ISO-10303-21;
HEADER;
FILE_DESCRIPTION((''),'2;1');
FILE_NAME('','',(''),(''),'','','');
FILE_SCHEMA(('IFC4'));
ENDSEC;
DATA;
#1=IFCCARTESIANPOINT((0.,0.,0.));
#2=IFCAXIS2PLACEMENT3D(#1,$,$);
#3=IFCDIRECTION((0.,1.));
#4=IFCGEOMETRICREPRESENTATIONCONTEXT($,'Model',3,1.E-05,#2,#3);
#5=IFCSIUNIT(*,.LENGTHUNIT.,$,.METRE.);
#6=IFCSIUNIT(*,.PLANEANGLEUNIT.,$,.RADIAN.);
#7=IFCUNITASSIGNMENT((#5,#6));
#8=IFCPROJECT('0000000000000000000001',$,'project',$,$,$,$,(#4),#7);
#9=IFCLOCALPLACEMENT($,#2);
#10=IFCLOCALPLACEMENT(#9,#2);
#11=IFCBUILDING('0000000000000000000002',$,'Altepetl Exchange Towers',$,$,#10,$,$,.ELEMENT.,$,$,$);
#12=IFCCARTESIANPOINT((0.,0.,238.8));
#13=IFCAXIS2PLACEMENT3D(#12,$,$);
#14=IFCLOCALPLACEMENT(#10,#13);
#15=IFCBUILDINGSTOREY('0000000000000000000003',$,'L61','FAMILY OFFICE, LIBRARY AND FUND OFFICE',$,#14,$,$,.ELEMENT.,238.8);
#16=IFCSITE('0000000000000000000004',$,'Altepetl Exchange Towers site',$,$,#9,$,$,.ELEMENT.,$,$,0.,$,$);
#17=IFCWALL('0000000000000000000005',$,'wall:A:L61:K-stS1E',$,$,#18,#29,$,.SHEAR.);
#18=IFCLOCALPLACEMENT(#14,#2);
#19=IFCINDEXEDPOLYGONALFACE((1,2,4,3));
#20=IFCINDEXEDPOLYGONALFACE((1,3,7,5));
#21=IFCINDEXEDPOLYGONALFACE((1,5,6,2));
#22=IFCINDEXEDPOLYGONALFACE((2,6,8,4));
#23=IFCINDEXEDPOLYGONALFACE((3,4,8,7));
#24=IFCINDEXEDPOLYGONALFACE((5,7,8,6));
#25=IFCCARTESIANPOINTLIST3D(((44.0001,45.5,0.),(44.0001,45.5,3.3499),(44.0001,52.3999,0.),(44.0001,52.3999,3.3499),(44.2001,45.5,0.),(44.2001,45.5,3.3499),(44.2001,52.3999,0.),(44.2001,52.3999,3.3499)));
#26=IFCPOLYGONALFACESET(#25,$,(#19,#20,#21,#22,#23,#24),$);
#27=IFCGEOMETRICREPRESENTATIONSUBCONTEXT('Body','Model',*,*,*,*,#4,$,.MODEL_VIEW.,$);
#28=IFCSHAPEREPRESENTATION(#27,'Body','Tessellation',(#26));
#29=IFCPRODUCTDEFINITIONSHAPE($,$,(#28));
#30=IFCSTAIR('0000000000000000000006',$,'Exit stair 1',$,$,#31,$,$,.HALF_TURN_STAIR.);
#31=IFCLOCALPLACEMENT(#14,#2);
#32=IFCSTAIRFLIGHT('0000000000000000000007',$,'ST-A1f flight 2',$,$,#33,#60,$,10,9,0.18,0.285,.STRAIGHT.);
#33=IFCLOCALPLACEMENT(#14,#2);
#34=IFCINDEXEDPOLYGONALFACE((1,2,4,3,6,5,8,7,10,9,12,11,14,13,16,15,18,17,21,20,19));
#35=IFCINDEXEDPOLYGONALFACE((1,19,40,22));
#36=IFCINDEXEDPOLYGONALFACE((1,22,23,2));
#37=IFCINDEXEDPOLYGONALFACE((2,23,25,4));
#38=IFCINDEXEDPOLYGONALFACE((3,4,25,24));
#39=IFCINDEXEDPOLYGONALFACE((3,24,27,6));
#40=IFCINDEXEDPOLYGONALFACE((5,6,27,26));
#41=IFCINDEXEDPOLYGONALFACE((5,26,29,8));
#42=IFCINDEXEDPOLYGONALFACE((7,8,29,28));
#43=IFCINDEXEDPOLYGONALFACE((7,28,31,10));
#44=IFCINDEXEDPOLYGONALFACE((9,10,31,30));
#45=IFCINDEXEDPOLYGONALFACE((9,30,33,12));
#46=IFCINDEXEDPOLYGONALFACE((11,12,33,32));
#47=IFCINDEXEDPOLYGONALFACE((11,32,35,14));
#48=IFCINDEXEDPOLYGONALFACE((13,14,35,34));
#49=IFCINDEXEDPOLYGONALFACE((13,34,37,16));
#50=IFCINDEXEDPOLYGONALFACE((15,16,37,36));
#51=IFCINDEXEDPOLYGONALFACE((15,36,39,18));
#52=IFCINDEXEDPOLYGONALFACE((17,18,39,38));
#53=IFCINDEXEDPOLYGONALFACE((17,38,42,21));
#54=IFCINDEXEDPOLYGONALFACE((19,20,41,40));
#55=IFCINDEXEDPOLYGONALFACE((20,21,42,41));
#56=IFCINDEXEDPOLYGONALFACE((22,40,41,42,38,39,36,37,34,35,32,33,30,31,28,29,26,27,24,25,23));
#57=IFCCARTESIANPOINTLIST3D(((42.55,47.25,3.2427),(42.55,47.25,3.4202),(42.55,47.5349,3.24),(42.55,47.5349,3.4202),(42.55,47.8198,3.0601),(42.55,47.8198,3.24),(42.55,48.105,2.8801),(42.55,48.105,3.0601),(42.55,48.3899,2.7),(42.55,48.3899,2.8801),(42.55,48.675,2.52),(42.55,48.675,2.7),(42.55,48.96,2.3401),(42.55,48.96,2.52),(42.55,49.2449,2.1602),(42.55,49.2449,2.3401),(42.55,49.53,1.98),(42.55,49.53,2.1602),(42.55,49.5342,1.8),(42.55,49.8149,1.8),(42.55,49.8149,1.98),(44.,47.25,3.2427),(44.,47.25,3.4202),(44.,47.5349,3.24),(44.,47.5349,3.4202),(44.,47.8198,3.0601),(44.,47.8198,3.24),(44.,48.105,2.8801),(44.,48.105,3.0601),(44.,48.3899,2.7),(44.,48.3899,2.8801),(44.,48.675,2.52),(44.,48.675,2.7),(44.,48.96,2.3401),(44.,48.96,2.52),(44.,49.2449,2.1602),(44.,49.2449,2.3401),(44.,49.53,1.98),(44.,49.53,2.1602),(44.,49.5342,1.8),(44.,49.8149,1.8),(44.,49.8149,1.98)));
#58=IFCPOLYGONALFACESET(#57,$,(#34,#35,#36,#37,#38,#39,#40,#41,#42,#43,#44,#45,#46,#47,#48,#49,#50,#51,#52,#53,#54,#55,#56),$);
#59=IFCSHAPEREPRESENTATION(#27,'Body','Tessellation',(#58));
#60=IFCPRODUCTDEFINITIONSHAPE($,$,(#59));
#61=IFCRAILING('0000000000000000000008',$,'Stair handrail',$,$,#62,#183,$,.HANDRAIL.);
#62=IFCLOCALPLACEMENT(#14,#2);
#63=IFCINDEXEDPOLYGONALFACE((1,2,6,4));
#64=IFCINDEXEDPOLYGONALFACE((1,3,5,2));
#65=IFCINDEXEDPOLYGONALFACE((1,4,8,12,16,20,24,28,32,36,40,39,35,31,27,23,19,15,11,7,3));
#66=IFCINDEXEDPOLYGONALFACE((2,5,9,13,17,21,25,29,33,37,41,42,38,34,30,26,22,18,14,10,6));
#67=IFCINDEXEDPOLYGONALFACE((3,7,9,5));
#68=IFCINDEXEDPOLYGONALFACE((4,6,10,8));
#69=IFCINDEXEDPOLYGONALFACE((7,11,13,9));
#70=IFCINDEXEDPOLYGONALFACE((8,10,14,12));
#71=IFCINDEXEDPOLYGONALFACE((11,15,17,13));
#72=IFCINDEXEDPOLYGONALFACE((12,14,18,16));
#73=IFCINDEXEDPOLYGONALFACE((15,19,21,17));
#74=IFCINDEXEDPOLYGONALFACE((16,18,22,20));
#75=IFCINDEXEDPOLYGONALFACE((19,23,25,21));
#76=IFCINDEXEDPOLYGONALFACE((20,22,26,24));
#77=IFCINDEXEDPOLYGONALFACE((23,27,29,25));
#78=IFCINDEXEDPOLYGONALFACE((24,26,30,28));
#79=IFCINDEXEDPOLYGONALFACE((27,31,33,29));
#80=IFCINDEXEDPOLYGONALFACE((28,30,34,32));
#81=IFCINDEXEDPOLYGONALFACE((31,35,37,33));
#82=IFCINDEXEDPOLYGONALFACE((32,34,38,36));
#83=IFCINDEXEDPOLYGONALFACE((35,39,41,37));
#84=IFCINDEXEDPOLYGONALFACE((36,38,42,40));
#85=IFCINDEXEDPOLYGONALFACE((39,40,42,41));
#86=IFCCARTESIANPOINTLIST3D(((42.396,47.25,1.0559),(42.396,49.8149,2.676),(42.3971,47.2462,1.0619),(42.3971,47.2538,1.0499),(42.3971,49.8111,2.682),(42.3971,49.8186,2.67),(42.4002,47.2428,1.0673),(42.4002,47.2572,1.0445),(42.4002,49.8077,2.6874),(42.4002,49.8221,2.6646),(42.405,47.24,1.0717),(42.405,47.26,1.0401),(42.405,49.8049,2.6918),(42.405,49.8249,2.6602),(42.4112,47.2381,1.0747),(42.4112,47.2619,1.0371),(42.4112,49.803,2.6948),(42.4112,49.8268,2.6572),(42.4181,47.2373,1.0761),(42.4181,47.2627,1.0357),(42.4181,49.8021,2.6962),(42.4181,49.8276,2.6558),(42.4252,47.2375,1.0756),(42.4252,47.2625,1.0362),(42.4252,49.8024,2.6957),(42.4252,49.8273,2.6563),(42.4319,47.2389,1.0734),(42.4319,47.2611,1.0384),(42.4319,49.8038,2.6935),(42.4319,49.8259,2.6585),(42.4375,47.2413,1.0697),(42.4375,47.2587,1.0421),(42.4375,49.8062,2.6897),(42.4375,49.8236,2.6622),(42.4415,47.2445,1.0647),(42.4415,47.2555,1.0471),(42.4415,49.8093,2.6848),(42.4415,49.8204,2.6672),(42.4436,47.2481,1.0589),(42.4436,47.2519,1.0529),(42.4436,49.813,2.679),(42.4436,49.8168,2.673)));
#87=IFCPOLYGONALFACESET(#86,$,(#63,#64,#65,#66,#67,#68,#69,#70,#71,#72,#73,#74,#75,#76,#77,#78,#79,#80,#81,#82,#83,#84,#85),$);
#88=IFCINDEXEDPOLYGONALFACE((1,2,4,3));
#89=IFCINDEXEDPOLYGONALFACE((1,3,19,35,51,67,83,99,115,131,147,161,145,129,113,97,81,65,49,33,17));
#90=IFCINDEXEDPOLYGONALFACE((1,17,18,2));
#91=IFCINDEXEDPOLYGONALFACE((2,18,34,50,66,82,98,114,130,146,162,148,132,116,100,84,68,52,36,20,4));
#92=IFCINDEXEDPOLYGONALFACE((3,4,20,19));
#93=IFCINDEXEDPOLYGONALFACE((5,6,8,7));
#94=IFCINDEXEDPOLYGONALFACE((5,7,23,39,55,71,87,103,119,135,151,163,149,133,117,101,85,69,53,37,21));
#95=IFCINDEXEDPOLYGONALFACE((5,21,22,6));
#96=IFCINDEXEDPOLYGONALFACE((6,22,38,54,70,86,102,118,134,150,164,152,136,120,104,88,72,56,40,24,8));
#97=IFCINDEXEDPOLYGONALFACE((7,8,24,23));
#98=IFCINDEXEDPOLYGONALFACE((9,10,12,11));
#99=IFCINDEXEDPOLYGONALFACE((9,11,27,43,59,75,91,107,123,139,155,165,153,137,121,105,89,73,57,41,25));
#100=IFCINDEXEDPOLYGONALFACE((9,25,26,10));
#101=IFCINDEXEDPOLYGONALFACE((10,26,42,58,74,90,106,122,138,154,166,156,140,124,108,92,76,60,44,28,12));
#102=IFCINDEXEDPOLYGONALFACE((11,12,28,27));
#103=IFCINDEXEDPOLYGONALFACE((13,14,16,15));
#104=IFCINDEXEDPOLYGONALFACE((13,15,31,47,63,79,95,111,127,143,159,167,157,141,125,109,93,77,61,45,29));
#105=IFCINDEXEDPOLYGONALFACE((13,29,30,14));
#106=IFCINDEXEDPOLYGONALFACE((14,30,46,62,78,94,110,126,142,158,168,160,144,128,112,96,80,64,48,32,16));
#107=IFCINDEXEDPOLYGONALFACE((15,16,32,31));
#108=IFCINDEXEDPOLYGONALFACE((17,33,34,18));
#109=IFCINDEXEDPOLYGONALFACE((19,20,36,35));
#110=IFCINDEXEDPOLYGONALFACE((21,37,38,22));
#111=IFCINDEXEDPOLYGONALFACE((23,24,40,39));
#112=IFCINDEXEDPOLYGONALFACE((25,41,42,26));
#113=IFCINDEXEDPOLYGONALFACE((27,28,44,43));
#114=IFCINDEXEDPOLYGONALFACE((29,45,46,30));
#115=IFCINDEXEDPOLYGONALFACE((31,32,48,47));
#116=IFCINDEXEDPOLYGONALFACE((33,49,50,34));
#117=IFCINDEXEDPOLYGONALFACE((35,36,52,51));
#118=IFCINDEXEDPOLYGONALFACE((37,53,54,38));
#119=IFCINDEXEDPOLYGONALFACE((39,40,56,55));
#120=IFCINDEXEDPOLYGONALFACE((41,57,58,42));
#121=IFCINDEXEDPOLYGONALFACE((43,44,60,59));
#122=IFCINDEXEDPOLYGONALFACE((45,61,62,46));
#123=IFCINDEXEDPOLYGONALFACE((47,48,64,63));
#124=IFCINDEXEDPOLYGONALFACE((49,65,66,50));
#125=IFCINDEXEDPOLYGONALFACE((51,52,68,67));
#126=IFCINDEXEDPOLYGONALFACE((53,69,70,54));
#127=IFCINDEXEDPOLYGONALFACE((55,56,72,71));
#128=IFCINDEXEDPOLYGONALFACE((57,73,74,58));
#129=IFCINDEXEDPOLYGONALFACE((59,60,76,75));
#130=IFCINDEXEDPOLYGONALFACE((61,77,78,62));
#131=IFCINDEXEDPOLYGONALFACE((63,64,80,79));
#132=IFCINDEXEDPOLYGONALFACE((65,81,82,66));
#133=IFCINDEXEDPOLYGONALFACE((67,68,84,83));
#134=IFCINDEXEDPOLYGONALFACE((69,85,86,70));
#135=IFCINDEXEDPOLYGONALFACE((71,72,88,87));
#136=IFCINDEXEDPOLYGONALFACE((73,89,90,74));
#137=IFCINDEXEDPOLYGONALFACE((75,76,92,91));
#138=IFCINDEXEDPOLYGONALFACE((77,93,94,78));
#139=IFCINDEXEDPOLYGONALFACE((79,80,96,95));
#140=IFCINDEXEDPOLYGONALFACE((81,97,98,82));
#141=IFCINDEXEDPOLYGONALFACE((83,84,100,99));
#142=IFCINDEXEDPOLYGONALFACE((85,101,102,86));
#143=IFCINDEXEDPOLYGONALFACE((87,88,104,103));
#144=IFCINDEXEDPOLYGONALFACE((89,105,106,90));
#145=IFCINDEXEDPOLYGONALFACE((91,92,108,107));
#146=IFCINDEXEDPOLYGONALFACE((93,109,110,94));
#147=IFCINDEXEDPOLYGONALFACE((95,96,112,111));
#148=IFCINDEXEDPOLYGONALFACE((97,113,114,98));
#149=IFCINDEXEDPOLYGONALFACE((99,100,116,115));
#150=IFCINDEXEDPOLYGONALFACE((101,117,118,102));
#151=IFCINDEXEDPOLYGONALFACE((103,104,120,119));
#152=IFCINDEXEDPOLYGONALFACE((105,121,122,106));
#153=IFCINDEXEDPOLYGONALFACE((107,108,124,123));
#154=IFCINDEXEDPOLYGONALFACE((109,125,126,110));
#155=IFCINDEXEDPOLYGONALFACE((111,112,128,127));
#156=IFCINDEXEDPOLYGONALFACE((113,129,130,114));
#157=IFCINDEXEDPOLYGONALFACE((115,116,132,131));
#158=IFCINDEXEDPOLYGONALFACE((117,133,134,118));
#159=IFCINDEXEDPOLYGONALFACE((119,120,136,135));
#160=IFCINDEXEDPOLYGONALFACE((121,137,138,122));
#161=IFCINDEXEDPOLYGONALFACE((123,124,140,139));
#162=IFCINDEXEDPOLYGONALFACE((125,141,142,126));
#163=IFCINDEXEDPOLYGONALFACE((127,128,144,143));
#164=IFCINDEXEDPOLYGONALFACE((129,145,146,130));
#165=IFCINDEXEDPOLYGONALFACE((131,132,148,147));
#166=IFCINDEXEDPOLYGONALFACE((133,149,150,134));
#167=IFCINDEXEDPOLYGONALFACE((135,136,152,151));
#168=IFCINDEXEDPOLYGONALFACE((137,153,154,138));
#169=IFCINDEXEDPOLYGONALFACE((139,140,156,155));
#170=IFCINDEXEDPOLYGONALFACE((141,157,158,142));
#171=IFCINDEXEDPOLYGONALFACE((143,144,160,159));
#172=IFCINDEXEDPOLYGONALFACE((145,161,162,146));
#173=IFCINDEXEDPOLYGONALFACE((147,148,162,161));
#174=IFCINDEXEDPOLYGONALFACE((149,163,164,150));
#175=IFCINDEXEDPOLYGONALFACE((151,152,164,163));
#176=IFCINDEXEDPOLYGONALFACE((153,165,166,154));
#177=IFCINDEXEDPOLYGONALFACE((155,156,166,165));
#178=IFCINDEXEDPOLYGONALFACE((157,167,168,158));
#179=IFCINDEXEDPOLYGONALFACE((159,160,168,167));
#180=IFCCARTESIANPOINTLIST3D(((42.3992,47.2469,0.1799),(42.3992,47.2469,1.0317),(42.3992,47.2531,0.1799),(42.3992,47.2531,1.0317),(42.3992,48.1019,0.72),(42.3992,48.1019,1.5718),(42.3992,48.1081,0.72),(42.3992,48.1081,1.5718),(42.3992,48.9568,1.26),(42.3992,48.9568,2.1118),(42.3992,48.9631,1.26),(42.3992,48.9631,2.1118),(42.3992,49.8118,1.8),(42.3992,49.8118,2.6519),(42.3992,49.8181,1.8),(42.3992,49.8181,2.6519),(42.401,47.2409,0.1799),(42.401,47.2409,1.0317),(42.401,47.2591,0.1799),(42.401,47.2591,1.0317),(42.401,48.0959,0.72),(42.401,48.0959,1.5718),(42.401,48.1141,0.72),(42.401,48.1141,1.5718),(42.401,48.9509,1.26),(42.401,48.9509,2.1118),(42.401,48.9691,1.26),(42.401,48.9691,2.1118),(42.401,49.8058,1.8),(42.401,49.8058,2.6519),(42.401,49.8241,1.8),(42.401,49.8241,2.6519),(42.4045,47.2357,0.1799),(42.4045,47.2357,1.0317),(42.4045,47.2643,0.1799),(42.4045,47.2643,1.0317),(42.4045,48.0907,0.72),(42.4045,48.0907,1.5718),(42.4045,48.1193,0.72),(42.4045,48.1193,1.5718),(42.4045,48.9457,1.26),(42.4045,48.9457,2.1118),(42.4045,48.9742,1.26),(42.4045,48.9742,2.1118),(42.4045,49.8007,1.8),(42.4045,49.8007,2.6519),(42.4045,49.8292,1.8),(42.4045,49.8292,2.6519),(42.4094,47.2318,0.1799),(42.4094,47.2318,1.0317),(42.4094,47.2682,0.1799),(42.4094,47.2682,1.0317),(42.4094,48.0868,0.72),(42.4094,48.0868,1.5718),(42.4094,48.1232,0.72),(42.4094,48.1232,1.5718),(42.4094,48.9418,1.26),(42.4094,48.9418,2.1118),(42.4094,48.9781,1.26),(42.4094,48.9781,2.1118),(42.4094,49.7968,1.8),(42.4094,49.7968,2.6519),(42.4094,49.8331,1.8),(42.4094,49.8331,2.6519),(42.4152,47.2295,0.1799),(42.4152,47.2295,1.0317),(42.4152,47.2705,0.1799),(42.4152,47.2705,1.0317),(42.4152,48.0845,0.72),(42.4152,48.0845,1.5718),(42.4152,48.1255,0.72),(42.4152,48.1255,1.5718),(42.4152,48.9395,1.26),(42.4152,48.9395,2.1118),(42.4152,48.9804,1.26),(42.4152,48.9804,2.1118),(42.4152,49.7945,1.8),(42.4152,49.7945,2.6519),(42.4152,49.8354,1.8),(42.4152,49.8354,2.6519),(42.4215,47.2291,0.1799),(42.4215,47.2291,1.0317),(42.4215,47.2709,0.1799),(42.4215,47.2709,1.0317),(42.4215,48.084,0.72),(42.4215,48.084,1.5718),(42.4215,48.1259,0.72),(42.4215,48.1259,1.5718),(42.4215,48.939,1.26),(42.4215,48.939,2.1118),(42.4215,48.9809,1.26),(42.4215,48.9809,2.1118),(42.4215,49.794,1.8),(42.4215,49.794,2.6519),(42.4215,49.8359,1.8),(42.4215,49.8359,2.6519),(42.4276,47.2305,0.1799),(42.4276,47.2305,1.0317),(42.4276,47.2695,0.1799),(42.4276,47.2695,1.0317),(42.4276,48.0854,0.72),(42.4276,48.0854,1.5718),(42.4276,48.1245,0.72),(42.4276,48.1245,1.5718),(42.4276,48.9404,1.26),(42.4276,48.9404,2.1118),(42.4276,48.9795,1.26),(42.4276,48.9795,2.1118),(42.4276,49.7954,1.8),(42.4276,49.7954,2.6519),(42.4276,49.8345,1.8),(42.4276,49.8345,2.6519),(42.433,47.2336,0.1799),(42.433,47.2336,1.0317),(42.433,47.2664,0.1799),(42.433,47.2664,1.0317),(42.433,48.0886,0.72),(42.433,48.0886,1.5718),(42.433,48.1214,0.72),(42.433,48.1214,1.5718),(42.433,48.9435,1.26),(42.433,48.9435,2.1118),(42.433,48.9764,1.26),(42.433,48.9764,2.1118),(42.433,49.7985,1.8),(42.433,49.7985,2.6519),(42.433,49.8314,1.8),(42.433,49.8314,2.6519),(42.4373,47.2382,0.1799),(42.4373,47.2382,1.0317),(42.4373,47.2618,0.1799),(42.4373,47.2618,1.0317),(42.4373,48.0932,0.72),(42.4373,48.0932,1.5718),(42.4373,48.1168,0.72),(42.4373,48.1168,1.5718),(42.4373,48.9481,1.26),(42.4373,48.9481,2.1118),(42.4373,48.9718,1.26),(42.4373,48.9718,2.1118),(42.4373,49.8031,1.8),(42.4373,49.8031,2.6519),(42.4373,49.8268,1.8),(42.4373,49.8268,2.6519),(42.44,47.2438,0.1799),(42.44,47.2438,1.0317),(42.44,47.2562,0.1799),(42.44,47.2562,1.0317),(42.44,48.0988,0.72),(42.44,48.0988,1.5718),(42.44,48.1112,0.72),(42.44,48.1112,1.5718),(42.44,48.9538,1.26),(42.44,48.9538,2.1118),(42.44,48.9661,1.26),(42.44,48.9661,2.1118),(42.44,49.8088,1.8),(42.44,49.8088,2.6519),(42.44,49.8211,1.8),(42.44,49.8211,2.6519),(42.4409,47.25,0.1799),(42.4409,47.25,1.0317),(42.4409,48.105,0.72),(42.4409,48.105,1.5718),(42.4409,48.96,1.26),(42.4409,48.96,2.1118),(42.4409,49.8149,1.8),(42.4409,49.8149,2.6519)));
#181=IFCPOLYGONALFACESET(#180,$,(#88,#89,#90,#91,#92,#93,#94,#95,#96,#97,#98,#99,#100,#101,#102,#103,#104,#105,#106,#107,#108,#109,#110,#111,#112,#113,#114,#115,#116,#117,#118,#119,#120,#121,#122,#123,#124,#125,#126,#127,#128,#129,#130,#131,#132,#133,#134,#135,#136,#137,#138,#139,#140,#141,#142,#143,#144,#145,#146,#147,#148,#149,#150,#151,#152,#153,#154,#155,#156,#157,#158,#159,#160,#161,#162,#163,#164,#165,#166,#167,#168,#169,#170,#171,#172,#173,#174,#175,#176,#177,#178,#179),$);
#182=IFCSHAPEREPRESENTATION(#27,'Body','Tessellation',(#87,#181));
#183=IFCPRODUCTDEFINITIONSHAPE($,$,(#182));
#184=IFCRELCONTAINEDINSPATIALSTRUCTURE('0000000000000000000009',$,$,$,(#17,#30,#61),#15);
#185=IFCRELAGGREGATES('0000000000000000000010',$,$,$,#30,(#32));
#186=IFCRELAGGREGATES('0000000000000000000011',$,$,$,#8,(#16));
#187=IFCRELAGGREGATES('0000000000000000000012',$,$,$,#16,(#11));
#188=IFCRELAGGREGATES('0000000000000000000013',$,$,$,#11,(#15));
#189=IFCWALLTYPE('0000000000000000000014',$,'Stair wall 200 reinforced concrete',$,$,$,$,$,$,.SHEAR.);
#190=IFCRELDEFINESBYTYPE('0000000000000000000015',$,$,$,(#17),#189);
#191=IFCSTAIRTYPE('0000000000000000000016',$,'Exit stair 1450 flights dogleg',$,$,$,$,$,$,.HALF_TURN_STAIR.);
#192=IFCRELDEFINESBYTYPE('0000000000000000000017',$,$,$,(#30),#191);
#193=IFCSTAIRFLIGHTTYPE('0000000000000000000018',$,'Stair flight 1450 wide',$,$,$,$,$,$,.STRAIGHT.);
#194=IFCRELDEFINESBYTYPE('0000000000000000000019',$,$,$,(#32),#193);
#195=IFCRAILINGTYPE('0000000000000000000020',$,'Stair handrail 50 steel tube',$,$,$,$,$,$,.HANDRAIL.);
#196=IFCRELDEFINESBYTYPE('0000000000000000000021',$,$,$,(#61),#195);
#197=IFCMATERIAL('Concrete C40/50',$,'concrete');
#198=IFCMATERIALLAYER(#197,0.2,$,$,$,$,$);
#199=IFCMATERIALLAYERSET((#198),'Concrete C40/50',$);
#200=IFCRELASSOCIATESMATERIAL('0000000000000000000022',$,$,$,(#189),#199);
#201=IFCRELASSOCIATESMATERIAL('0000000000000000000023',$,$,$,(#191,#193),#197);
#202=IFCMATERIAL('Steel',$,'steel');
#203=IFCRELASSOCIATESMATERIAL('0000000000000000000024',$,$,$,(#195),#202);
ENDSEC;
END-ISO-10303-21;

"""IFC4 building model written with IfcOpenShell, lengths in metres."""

from ifc_helpers import new_model, si_unit, direction, frame, frame_2d, origin, origin_2d, place, context, subcontext, project, spatial, polyline, rectangle, circle, outline, extrude, source, transform, mapped, material, layer, layer_set, type_object, element, aggregate, save


model = new_model("IFC4")

# Units and contexts
model_context = context("Model", 3, precision=1e-05, world=origin(), true_north=direction((0.0, 1.0)))
body_context = subcontext(model_context, "Body", "Model", "MODEL_VIEW")
ifc_project = project(units=[si_unit("LENGTHUNIT", "METRE"), si_unit("PLANEANGLEUNIT", "RADIAN")], contexts=[model_context])

# Site, building, storey
site_placement = place(None, origin())
site = spatial("IfcSite", under=ifc_project, at=site_placement, Name="Altepetl Exchange Towers site", CompositionType="ELEMENT", RefElevation=0.0)
building_placement = place(site_placement, origin())
building = spatial("IfcBuilding", under=site, at=building_placement, Name="Altepetl Exchange Towers", CompositionType="ELEMENT")
storey_placement = place(building_placement, frame((0.0, 0.0, 238.8)))
storey = spatial("IfcBuildingStorey", under=building, at=storey_placement, Name="L61", Description="FAMILY OFFICE, LIBRARY AND FUND OFFICE", CompositionType="ELEMENT", Elevation=238.8)

# Wall
ifc_material_1 = material(Name="Concrete C40/50", Category="concrete")
ifc_layer_1 = layer(ifc_material_1, 0.2)
ifc_layer_set_1 = layer_set([ifc_layer_1], Name="Concrete C40/50")
wall_type_1 = type_object("IfcWallType", Name="Stair wall 200 reinforced concrete", PredefinedType="SHEAR", material=ifc_layer_set_1)
wall_1_placement = place(storey_placement, frame((44.1001, 45.5, 0.0), z_axis=(0.0, 0.0, 1.0), x_axis=(0.0, 1.0, 0.0)))
element("IfcWall", 1, at=wall_1_placement, inside=storey, type_object=wall_type_1, Name="wall:A:L61:K-stS1E", PredefinedType="SHEAR", context=body_context, shape_type="SweptSolid", body=[
    extrude(rectangle(XDim=6.8999, YDim=0.2, at=frame_2d((3.45, 0.0))), origin(), (0.0, 0.0, 1.0), 3.3499),
])

# Stair, stair flight
stair_type = type_object("IfcStairType", Name="Exit stair 1450 flights dogleg", PredefinedType="HALF_TURN_STAIR", material=ifc_material_1)
stair_placement = place(storey_placement, origin())
stair = element("IfcStair", 2, at=stair_placement, inside=storey, type_object=stair_type, Name="Exit stair 1", PredefinedType="HALF_TURN_STAIR")
stair_flight_type = type_object("IfcStairFlightType", Name="Stair flight 1450 wide", PredefinedType="STRAIGHT", material=ifc_material_1)
stair_flight_placement = place(storey_placement, frame((43.2749, 49.8149, 1.8), z_axis=(0.0, 0.0, 1.0), x_axis=(0.0, -1.0, 0.0)))
stair_flight = element("IfcStairFlight", 3, at=stair_flight_placement, type_object=stair_flight_type, Name="ST-A1f flight 2", NumberOfRisers=10, NumberOfTreads=9, PredefinedType="STRAIGHT", RiserHeight=0.18, TreadLength=0.285, context=body_context, shape_type="SweptSolid", body=[
    extrude(outline(polyline([(0.0, 0.0), (0.0, 0.1799), (0.2849, 0.1799), (0.2849, 0.3601), (0.5701, 0.3601), (0.5701, 0.54), (0.855, 0.54), (0.855, 0.72), (1.1399, 0.72), (1.1399, 0.8999), (1.425, 0.8999), (1.425, 1.0801), (1.71, 1.0801), (1.71, 1.26), (1.9951, 1.26), (1.9951, 1.4399), (2.28, 1.4399), (2.28, 1.6201), (2.5649, 1.6201), (2.5649, 1.8), (2.5649, 1.4426), (0.2808, 0.0), (0.0, 0.0)])), frame((0.0, 0.7251, 0.0), z_axis=(0.0, -1.0, 0.0), x_axis=(1.0, 0.0, 0.0)), (0.0, 0.0, 1.0), 1.45),
])
aggregate(stair, [stair_flight])

# Railing
ifc_material_2 = material(Name="Steel", Category="steel")
railing_type = type_object("IfcRailingType", Name="Stair handrail 50 steel tube", PredefinedType="HANDRAIL", material=ifc_material_2)
shared_shape = source(origin(), body_context, "Body", "SweptSolid", [
    extrude(circle(Radius=0.021, at=origin_2d()), origin(), (0.0, 0.0, 1.0), 0.8518),
])
railing_1_placement = place(storey_placement, frame((42.4199, 47.25, 0.1799)))
element("IfcRailing", 4, at=railing_1_placement, inside=storey, type_object=railing_type, Name="Stair handrail", PredefinedType="HANDRAIL", context=body_context, shape_type="SweptSolid", body=[
    extrude(circle(Radius=0.0239, at=origin_2d()), frame((0.0, 0.0, 0.876), z_axis=(0.0, 0.845466, 0.534029), x_axis=(-1.0, 0.0, 0.0)), (0.0, 0.0, 1.0), 3.0337),
    mapped(shared_shape, transform((0.0, 0.0, 0.0))),
    mapped(shared_shape, transform((0.0, 0.855, 0.54))),
    mapped(shared_shape, transform((0.0, 1.71, 1.0801))),
    mapped(shared_shape, transform((0.0, 2.5649, 1.6201))),
])

save(model, "model.ifc")
